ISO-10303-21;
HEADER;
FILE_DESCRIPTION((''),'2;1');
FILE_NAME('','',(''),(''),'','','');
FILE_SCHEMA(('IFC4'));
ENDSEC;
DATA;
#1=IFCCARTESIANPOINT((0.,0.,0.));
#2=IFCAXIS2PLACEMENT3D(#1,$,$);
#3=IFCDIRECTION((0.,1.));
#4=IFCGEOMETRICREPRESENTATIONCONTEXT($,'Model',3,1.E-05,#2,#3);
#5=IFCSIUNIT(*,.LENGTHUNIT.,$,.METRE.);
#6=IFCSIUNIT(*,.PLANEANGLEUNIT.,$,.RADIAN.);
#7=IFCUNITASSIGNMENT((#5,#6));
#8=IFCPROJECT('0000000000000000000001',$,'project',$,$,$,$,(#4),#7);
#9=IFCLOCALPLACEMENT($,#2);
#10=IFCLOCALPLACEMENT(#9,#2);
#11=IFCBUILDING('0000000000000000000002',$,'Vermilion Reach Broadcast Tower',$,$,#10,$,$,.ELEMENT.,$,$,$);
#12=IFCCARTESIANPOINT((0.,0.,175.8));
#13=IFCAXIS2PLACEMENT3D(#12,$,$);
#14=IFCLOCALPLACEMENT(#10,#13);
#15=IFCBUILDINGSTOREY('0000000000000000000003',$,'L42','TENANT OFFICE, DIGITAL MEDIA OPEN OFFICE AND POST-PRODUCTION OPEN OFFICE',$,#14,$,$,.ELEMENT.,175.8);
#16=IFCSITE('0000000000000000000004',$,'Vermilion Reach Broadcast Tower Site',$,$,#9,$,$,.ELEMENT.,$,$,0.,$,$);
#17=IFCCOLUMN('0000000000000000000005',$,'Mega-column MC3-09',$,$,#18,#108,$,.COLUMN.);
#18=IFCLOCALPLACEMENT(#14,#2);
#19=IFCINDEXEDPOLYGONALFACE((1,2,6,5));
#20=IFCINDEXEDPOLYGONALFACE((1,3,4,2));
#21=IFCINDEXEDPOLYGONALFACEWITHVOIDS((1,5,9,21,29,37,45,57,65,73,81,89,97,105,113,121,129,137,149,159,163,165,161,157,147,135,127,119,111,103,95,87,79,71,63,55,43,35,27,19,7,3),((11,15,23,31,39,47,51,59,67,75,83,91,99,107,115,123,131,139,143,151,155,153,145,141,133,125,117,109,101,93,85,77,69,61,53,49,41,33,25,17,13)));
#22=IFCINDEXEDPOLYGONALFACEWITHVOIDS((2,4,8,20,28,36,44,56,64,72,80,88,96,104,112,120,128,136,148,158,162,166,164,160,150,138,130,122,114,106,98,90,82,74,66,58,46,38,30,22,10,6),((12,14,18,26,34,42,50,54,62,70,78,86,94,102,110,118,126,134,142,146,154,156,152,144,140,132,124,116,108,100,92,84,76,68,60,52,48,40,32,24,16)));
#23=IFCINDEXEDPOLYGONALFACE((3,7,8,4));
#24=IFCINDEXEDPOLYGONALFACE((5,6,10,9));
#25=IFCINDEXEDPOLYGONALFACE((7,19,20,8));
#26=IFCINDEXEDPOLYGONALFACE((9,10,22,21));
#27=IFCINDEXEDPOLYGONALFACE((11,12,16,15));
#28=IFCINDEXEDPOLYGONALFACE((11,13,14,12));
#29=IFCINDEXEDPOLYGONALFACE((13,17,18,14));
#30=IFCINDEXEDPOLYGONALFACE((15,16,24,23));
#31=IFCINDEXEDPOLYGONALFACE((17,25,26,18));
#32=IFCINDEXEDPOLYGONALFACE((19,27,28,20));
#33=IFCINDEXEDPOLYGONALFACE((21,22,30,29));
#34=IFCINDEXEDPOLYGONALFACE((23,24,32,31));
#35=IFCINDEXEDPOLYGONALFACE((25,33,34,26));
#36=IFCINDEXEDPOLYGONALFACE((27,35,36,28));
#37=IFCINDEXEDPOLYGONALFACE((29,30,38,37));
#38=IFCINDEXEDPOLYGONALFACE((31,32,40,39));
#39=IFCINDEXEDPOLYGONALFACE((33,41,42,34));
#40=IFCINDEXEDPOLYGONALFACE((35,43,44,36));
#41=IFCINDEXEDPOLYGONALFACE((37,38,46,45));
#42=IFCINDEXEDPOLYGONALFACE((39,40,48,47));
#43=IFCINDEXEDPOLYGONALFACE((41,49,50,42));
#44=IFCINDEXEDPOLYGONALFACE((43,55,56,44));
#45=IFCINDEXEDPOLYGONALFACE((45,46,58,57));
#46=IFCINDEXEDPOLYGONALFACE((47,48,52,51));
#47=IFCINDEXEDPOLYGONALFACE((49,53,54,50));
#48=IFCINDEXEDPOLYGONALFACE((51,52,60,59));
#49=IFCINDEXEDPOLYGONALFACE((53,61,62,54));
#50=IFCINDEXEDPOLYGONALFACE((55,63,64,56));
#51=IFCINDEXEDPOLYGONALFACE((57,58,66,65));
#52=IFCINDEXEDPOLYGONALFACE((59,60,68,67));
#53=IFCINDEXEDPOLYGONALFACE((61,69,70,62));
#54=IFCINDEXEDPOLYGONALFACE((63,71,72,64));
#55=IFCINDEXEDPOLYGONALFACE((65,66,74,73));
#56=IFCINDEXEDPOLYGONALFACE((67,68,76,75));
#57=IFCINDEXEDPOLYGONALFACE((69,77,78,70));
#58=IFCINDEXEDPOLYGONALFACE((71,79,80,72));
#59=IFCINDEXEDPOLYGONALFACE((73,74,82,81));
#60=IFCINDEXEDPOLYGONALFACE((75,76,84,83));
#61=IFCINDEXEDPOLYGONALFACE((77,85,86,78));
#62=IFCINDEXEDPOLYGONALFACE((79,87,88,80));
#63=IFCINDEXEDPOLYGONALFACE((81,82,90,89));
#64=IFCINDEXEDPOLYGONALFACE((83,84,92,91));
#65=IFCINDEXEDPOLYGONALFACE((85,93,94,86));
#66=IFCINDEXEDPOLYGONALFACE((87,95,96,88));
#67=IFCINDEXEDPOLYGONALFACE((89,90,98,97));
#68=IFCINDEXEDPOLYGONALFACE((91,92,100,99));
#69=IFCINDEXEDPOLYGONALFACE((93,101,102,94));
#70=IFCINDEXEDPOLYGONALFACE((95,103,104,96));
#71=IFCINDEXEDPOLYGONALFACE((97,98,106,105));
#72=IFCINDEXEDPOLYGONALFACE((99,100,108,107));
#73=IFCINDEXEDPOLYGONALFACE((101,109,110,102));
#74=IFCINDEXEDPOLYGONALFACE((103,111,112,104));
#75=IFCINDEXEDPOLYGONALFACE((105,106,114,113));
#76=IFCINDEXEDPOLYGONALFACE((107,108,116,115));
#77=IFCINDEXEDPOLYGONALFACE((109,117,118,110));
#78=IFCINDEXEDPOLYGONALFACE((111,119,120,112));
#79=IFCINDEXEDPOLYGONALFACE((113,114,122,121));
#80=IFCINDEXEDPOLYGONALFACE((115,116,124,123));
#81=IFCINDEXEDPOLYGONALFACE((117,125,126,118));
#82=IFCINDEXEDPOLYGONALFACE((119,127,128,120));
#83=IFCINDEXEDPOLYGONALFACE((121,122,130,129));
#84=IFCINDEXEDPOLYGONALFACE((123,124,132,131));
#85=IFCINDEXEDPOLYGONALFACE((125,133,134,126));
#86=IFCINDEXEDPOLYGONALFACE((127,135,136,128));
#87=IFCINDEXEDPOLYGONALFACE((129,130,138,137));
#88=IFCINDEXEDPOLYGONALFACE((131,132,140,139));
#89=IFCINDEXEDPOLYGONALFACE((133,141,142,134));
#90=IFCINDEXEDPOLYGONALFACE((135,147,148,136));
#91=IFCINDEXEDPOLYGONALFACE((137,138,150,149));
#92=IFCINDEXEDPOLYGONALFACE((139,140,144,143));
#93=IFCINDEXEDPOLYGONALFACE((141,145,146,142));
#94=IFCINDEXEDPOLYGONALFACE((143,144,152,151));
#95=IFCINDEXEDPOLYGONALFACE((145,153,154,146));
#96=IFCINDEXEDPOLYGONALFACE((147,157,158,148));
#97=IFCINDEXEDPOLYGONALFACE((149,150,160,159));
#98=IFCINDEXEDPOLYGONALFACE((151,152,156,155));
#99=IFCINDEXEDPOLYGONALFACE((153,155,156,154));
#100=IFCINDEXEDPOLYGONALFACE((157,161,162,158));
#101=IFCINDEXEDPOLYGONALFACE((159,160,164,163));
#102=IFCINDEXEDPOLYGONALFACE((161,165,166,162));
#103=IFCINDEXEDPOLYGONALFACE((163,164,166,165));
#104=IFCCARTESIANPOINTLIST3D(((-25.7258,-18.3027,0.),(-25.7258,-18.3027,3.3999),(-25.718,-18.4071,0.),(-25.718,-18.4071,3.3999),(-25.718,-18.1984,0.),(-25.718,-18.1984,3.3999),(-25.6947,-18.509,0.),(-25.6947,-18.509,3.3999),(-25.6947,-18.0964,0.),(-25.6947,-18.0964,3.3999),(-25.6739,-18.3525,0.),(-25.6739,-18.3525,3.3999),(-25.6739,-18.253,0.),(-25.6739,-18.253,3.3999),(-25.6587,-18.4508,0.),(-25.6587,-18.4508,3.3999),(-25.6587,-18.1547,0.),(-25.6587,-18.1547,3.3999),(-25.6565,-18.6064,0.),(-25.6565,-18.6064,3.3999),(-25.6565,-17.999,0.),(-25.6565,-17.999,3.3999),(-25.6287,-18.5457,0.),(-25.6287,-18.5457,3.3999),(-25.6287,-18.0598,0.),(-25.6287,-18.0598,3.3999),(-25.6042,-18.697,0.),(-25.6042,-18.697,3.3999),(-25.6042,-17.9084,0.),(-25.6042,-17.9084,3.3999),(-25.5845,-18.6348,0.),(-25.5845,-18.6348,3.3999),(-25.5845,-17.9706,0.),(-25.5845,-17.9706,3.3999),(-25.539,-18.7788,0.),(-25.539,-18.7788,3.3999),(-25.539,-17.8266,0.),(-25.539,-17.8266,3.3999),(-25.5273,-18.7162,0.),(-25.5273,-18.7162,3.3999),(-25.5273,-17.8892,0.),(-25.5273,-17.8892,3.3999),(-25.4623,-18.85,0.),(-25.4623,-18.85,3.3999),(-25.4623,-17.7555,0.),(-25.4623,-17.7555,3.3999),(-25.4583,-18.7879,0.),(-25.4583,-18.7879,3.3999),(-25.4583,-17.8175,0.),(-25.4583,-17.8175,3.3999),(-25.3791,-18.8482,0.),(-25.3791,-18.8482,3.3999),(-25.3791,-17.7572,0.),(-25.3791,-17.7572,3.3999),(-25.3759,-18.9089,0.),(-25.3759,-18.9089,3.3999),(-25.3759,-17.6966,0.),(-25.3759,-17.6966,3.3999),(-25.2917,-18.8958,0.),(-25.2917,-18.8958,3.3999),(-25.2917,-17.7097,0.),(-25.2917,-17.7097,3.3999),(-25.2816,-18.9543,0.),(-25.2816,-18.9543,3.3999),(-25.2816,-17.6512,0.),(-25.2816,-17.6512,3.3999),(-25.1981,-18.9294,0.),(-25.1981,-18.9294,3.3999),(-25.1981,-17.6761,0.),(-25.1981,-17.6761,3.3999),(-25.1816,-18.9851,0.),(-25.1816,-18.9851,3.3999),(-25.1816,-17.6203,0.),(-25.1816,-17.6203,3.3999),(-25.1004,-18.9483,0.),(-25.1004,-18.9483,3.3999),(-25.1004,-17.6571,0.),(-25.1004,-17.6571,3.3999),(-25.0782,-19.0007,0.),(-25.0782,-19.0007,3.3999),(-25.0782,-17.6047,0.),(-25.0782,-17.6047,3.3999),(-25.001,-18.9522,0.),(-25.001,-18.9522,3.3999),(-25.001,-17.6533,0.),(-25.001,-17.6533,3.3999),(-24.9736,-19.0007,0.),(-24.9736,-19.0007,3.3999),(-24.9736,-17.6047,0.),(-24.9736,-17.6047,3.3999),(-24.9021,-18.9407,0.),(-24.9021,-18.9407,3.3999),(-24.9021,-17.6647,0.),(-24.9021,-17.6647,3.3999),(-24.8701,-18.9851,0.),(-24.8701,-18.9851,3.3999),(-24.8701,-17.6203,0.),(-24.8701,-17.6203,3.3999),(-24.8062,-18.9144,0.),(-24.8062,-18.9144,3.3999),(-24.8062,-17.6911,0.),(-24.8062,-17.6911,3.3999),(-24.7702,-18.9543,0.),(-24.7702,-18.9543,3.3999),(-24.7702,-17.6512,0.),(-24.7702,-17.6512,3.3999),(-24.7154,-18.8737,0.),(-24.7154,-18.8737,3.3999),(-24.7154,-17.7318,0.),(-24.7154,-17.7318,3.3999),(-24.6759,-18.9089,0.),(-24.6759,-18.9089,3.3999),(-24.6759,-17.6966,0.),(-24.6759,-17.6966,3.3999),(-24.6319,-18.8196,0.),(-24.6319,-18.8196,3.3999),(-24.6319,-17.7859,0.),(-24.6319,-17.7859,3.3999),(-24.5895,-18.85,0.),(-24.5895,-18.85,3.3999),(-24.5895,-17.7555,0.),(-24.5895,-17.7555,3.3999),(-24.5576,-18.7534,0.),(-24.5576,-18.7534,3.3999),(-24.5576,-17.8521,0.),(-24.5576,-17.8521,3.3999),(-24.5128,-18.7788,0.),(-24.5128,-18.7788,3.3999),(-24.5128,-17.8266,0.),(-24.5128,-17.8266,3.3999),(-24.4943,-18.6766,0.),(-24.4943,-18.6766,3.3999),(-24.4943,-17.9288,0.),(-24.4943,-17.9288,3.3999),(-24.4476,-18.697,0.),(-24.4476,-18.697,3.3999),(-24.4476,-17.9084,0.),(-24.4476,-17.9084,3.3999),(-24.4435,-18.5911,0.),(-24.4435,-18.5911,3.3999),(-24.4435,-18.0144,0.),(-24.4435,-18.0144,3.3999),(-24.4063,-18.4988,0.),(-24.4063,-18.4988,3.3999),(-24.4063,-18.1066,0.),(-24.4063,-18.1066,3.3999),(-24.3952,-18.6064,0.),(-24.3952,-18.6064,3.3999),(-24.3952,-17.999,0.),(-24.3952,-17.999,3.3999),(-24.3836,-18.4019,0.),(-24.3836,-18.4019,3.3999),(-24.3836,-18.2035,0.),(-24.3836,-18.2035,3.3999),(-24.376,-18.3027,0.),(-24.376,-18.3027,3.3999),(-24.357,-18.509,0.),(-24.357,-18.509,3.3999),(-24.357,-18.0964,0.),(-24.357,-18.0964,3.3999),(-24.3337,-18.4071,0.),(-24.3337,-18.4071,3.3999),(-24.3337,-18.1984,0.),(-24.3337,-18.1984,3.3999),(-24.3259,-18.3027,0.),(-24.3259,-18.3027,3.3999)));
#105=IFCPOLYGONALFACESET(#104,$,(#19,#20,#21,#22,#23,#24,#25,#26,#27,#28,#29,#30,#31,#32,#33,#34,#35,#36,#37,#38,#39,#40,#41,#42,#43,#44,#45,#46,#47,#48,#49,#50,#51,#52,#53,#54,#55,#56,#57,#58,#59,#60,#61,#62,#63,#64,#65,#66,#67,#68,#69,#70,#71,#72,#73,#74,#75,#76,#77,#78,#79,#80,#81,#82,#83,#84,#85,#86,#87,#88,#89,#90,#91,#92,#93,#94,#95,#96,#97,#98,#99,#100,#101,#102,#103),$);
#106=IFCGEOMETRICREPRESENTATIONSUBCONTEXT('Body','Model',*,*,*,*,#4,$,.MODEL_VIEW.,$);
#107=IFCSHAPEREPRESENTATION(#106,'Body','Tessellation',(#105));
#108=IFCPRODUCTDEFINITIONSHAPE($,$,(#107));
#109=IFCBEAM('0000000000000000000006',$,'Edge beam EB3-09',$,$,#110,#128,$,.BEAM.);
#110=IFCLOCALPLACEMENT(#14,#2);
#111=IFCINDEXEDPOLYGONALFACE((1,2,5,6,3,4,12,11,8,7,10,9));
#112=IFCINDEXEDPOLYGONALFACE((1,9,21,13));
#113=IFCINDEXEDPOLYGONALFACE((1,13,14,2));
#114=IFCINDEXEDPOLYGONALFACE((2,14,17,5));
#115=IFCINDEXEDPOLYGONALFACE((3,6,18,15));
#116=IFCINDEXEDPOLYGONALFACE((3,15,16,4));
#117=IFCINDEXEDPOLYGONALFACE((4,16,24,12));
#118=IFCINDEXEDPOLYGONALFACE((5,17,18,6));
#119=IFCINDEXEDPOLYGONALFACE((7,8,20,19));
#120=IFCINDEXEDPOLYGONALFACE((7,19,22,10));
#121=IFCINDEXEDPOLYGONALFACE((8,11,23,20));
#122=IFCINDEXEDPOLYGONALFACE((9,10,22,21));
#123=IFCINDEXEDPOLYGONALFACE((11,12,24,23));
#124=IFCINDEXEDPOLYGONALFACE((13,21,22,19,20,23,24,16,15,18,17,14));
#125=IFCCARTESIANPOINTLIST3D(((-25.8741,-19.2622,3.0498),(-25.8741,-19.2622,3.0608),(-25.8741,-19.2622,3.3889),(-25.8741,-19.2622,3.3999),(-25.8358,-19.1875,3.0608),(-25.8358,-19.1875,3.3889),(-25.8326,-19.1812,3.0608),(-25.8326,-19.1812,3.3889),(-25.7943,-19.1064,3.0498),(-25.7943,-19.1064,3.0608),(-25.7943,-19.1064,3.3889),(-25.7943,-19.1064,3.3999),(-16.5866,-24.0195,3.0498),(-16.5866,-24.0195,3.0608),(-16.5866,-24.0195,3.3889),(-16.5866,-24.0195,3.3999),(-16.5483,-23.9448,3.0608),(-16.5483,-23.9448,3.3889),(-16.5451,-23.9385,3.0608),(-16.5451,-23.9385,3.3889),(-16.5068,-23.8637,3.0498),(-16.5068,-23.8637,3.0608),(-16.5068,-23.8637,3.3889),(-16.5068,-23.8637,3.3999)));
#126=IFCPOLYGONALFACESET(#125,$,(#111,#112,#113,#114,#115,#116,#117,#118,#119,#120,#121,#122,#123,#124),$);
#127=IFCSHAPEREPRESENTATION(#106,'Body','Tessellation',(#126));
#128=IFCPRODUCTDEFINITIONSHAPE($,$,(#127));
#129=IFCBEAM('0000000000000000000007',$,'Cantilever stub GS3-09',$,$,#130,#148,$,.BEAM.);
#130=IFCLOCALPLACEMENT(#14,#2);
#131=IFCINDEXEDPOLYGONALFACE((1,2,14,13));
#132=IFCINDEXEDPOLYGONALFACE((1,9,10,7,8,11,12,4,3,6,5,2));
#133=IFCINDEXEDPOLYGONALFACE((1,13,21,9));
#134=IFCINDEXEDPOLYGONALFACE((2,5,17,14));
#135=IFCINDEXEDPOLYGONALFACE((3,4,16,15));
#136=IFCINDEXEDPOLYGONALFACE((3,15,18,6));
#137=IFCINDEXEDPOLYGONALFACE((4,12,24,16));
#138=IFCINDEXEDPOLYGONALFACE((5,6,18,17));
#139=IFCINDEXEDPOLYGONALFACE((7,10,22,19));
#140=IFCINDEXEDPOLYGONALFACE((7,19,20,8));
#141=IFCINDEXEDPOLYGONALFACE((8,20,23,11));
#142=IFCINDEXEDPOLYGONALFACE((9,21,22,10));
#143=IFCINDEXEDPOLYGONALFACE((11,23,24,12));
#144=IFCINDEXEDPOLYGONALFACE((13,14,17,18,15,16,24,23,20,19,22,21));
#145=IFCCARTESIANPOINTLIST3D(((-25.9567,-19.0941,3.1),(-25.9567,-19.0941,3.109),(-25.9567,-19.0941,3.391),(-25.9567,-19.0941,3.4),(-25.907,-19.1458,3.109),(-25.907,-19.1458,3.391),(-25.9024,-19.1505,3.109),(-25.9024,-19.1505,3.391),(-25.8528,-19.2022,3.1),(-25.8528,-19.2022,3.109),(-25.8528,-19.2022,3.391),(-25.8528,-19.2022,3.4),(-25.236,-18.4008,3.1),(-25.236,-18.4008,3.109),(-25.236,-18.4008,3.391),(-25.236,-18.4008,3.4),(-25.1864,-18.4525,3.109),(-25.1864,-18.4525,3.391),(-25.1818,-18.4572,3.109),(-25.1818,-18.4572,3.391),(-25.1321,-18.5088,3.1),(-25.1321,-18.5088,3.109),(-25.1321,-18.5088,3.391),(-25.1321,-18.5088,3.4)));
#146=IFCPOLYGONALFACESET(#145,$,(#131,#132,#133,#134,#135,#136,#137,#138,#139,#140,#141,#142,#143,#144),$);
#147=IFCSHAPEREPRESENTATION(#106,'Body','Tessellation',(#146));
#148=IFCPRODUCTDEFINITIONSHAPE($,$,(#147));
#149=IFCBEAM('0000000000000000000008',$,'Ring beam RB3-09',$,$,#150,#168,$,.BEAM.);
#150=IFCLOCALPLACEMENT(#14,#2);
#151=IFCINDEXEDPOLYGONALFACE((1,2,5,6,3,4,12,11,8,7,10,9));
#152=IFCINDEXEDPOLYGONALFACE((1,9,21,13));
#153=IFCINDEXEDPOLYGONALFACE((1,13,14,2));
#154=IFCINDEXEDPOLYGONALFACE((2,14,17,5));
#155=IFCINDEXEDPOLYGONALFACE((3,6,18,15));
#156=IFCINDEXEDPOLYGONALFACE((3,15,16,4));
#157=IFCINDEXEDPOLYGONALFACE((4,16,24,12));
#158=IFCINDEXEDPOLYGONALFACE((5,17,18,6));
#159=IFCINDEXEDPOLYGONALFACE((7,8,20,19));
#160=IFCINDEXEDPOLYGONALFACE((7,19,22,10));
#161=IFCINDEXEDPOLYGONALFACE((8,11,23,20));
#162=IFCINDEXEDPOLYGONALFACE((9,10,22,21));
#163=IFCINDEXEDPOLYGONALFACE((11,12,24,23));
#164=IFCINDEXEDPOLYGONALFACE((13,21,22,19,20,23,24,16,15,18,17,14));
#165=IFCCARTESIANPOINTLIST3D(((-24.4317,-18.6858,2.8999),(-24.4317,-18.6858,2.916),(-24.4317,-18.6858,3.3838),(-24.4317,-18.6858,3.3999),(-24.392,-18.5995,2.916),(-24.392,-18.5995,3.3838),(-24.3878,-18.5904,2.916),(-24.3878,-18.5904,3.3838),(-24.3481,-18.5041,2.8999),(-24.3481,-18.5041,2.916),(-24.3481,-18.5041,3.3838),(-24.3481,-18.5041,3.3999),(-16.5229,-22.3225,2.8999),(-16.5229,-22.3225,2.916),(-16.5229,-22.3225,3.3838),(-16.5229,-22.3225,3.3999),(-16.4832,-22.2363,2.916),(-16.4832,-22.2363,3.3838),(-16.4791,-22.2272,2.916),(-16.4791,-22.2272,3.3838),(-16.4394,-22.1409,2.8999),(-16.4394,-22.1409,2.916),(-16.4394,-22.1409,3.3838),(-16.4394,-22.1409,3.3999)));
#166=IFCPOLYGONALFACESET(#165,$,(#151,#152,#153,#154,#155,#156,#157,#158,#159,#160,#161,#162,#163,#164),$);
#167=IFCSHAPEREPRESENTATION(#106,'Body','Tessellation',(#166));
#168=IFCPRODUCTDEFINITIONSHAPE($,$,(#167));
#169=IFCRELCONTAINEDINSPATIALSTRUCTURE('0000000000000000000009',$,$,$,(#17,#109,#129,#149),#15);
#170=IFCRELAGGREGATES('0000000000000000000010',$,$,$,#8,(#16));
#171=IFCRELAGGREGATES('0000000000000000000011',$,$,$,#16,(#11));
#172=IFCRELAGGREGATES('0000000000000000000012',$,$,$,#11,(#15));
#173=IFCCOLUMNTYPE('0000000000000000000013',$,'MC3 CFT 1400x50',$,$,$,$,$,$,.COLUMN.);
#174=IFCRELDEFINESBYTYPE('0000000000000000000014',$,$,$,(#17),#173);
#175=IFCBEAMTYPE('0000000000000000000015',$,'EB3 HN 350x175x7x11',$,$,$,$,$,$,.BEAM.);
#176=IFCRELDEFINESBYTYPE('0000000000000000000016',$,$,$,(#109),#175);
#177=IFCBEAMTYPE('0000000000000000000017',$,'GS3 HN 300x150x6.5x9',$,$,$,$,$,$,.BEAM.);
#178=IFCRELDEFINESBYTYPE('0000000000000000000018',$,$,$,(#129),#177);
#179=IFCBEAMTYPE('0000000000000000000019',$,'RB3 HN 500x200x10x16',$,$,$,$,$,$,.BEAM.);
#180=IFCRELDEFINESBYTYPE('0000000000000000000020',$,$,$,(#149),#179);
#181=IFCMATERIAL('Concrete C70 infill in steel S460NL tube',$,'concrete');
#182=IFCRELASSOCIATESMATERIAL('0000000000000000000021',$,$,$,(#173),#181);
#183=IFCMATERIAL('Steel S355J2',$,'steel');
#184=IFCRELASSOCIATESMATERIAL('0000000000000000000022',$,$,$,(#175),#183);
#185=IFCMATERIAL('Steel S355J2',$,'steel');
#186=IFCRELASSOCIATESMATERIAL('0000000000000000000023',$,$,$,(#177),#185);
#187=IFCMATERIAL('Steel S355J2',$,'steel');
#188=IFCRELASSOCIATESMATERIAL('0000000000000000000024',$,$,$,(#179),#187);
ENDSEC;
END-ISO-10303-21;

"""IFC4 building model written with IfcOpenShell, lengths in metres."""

from ifc_helpers import new_model, si_unit, direction, frame, origin, origin_2d, place, context, subcontext, project, spatial, hollow_circle, i_section, extrude, material, material_profile, profile_set, type_object, element, save


model = new_model("IFC4")

# Units and contexts
model_context = context("Model", 3, precision=1e-05, world=origin(), true_north=direction((0.0, 1.0)))
body_context = subcontext(model_context, "Body", "Model", "MODEL_VIEW")
ifc_project = project(units=[si_unit("LENGTHUNIT", "METRE"), si_unit("PLANEANGLEUNIT", "RADIAN")], contexts=[model_context])

# Site, building, storey
site_placement = place(None, origin())
site = spatial("IfcSite", under=ifc_project, at=site_placement, Name="Vermilion Reach Broadcast Tower Site", CompositionType="ELEMENT", RefElevation=0.0)
building_placement = place(site_placement, origin())
building = spatial("IfcBuilding", under=site, at=building_placement, Name="Vermilion Reach Broadcast Tower", CompositionType="ELEMENT")
storey_placement = place(building_placement, frame((0.0, 0.0, 175.8)))
storey = spatial("IfcBuildingStorey", under=building, at=storey_placement, Name="L42", Description="TENANT OFFICE, DIGITAL MEDIA OPEN OFFICE AND POST-PRODUCTION OPEN OFFICE", CompositionType="ELEMENT", Elevation=175.8)

# Column
ifc_material_1 = material(Name="Concrete C70 infill in steel S460NL tube", Category="concrete")
ifc_material_profile_1 = material_profile(ifc_material_1, hollow_circle(Radius=0.7, WallThickness=0.05, at=origin_2d()), Name="Concrete C70 infill in steel S460NL tube CFT 1400x50")
ifc_profile_set_1 = profile_set([ifc_material_profile_1], Name="Concrete C70 infill in steel S460NL tube")
column_type = type_object("IfcColumnType", Name="MC3 CFT 1400x50", PredefinedType="COLUMN", material=ifc_profile_set_1)
column_placement = place(storey_placement, frame((-25.0259, -18.3027, 0.0), z_axis=(0.0, 0.0, 1.0), x_axis=(1.0, 0.0, 0.0)))
element("IfcColumn", 1, at=column_placement, inside=storey, type_object=column_type, Name="Mega-column MC3-09", PredefinedType="COLUMN", context=body_context, shape_type="SweptSolid", body=[
    extrude(hollow_circle(Radius=0.7, WallThickness=0.05, at=origin_2d()), origin(), (0.0, 0.0, 1.0), 3.3999),
])

# Beams
ifc_material_2 = material(Name="Steel S355J2", Category="steel")
ifc_material_profile_2 = material_profile(ifc_material_2, i_section(OverallWidth=0.175, OverallDepth=0.3501, WebThickness=0.0071, FlangeThickness=0.011, at=origin_2d()), Name="S355J2 HN 350x175x7x11")
ifc_profile_set_2 = profile_set([ifc_material_profile_2], Name="Steel S355J2")
beam_type_1 = type_object("IfcBeamType", Name="EB3 HN 350x175x7x11", PredefinedType="BEAM", material=ifc_profile_set_2)
beam_1_placement = place(storey_placement, frame((-25.8342, -19.1843, 3.2249), z_axis=(0.890033, -0.455896, 0.0), x_axis=(0.455896, 0.890033, 0.0)))
element("IfcBeam", 2, at=beam_1_placement, inside=storey, type_object=beam_type_1, Name="Edge beam EB3-09", PredefinedType="BEAM", context=body_context, shape_type="SweptSolid", body=[
    extrude(i_section(OverallWidth=0.175, OverallDepth=0.3501, WebThickness=0.0071, FlangeThickness=0.011, at=origin_2d()), origin(), (0.0, 0.0, 1.0), 10.4351),
])
ifc_material_3 = material(Name="Steel S355J2", Category="steel")
ifc_material_profile_3 = material_profile(ifc_material_3, i_section(OverallWidth=0.1499, OverallDepth=0.3, WebThickness=0.0066, FlangeThickness=0.009, at=origin_2d()), Name="S355J2 HN 300x150x6.5x9")
ifc_profile_set_3 = profile_set([ifc_material_profile_3], Name="Steel S355J2")
beam_type_2 = type_object("IfcBeamType", Name="GS3 HN 300x150x6.5x9", PredefinedType="BEAM", material=ifc_profile_set_3)
beam_2_placement = place(storey_placement, frame((-25.1841, -18.4548, 3.25), z_axis=(-0.720645, -0.693304, 0.0), x_axis=(0.693304, -0.720645, 0.0)))
element("IfcBeam", 3, at=beam_2_placement, inside=storey, type_object=beam_type_2, Name="Cantilever stub GS3-09", PredefinedType="BEAM", context=body_context, shape_type="SweptSolid", body=[
    extrude(i_section(OverallWidth=0.1499, OverallDepth=0.3, WebThickness=0.0066, FlangeThickness=0.009, at=origin_2d()), origin(), (0.0, 0.0, 1.0), 1.0),
])
ifc_material_4 = material(Name="Steel S355J2", Category="steel")
ifc_material_profile_4 = material_profile(ifc_material_4, i_section(OverallWidth=0.2, OverallDepth=0.5, WebThickness=0.01, FlangeThickness=0.0161, at=origin_2d()), Name="S355J2 HN 500x200x10x16")
ifc_profile_set_4 = profile_set([ifc_material_profile_4], Name="Steel S355J2")
beam_type_3 = type_object("IfcBeamType", Name="RB3 HN 500x200x10x16", PredefinedType="BEAM", material=ifc_profile_set_4)
beam_3_placement = place(storey_placement, frame((-24.3899, -18.595, 3.1499), z_axis=(0.908546, -0.417784, 0.0), x_axis=(0.417784, 0.908546, 0.0)))
element("IfcBeam", 4, at=beam_3_placement, inside=storey, type_object=beam_type_3, Name="Ring beam RB3-09", PredefinedType="BEAM", context=body_context, shape_type="SweptSolid", body=[
    extrude(i_section(OverallWidth=0.2, OverallDepth=0.5, WebThickness=0.01, FlangeThickness=0.0161, at=origin_2d()), origin(), (0.0, 0.0, 1.0), 8.7048),
])

save(model, "model.ifc")
